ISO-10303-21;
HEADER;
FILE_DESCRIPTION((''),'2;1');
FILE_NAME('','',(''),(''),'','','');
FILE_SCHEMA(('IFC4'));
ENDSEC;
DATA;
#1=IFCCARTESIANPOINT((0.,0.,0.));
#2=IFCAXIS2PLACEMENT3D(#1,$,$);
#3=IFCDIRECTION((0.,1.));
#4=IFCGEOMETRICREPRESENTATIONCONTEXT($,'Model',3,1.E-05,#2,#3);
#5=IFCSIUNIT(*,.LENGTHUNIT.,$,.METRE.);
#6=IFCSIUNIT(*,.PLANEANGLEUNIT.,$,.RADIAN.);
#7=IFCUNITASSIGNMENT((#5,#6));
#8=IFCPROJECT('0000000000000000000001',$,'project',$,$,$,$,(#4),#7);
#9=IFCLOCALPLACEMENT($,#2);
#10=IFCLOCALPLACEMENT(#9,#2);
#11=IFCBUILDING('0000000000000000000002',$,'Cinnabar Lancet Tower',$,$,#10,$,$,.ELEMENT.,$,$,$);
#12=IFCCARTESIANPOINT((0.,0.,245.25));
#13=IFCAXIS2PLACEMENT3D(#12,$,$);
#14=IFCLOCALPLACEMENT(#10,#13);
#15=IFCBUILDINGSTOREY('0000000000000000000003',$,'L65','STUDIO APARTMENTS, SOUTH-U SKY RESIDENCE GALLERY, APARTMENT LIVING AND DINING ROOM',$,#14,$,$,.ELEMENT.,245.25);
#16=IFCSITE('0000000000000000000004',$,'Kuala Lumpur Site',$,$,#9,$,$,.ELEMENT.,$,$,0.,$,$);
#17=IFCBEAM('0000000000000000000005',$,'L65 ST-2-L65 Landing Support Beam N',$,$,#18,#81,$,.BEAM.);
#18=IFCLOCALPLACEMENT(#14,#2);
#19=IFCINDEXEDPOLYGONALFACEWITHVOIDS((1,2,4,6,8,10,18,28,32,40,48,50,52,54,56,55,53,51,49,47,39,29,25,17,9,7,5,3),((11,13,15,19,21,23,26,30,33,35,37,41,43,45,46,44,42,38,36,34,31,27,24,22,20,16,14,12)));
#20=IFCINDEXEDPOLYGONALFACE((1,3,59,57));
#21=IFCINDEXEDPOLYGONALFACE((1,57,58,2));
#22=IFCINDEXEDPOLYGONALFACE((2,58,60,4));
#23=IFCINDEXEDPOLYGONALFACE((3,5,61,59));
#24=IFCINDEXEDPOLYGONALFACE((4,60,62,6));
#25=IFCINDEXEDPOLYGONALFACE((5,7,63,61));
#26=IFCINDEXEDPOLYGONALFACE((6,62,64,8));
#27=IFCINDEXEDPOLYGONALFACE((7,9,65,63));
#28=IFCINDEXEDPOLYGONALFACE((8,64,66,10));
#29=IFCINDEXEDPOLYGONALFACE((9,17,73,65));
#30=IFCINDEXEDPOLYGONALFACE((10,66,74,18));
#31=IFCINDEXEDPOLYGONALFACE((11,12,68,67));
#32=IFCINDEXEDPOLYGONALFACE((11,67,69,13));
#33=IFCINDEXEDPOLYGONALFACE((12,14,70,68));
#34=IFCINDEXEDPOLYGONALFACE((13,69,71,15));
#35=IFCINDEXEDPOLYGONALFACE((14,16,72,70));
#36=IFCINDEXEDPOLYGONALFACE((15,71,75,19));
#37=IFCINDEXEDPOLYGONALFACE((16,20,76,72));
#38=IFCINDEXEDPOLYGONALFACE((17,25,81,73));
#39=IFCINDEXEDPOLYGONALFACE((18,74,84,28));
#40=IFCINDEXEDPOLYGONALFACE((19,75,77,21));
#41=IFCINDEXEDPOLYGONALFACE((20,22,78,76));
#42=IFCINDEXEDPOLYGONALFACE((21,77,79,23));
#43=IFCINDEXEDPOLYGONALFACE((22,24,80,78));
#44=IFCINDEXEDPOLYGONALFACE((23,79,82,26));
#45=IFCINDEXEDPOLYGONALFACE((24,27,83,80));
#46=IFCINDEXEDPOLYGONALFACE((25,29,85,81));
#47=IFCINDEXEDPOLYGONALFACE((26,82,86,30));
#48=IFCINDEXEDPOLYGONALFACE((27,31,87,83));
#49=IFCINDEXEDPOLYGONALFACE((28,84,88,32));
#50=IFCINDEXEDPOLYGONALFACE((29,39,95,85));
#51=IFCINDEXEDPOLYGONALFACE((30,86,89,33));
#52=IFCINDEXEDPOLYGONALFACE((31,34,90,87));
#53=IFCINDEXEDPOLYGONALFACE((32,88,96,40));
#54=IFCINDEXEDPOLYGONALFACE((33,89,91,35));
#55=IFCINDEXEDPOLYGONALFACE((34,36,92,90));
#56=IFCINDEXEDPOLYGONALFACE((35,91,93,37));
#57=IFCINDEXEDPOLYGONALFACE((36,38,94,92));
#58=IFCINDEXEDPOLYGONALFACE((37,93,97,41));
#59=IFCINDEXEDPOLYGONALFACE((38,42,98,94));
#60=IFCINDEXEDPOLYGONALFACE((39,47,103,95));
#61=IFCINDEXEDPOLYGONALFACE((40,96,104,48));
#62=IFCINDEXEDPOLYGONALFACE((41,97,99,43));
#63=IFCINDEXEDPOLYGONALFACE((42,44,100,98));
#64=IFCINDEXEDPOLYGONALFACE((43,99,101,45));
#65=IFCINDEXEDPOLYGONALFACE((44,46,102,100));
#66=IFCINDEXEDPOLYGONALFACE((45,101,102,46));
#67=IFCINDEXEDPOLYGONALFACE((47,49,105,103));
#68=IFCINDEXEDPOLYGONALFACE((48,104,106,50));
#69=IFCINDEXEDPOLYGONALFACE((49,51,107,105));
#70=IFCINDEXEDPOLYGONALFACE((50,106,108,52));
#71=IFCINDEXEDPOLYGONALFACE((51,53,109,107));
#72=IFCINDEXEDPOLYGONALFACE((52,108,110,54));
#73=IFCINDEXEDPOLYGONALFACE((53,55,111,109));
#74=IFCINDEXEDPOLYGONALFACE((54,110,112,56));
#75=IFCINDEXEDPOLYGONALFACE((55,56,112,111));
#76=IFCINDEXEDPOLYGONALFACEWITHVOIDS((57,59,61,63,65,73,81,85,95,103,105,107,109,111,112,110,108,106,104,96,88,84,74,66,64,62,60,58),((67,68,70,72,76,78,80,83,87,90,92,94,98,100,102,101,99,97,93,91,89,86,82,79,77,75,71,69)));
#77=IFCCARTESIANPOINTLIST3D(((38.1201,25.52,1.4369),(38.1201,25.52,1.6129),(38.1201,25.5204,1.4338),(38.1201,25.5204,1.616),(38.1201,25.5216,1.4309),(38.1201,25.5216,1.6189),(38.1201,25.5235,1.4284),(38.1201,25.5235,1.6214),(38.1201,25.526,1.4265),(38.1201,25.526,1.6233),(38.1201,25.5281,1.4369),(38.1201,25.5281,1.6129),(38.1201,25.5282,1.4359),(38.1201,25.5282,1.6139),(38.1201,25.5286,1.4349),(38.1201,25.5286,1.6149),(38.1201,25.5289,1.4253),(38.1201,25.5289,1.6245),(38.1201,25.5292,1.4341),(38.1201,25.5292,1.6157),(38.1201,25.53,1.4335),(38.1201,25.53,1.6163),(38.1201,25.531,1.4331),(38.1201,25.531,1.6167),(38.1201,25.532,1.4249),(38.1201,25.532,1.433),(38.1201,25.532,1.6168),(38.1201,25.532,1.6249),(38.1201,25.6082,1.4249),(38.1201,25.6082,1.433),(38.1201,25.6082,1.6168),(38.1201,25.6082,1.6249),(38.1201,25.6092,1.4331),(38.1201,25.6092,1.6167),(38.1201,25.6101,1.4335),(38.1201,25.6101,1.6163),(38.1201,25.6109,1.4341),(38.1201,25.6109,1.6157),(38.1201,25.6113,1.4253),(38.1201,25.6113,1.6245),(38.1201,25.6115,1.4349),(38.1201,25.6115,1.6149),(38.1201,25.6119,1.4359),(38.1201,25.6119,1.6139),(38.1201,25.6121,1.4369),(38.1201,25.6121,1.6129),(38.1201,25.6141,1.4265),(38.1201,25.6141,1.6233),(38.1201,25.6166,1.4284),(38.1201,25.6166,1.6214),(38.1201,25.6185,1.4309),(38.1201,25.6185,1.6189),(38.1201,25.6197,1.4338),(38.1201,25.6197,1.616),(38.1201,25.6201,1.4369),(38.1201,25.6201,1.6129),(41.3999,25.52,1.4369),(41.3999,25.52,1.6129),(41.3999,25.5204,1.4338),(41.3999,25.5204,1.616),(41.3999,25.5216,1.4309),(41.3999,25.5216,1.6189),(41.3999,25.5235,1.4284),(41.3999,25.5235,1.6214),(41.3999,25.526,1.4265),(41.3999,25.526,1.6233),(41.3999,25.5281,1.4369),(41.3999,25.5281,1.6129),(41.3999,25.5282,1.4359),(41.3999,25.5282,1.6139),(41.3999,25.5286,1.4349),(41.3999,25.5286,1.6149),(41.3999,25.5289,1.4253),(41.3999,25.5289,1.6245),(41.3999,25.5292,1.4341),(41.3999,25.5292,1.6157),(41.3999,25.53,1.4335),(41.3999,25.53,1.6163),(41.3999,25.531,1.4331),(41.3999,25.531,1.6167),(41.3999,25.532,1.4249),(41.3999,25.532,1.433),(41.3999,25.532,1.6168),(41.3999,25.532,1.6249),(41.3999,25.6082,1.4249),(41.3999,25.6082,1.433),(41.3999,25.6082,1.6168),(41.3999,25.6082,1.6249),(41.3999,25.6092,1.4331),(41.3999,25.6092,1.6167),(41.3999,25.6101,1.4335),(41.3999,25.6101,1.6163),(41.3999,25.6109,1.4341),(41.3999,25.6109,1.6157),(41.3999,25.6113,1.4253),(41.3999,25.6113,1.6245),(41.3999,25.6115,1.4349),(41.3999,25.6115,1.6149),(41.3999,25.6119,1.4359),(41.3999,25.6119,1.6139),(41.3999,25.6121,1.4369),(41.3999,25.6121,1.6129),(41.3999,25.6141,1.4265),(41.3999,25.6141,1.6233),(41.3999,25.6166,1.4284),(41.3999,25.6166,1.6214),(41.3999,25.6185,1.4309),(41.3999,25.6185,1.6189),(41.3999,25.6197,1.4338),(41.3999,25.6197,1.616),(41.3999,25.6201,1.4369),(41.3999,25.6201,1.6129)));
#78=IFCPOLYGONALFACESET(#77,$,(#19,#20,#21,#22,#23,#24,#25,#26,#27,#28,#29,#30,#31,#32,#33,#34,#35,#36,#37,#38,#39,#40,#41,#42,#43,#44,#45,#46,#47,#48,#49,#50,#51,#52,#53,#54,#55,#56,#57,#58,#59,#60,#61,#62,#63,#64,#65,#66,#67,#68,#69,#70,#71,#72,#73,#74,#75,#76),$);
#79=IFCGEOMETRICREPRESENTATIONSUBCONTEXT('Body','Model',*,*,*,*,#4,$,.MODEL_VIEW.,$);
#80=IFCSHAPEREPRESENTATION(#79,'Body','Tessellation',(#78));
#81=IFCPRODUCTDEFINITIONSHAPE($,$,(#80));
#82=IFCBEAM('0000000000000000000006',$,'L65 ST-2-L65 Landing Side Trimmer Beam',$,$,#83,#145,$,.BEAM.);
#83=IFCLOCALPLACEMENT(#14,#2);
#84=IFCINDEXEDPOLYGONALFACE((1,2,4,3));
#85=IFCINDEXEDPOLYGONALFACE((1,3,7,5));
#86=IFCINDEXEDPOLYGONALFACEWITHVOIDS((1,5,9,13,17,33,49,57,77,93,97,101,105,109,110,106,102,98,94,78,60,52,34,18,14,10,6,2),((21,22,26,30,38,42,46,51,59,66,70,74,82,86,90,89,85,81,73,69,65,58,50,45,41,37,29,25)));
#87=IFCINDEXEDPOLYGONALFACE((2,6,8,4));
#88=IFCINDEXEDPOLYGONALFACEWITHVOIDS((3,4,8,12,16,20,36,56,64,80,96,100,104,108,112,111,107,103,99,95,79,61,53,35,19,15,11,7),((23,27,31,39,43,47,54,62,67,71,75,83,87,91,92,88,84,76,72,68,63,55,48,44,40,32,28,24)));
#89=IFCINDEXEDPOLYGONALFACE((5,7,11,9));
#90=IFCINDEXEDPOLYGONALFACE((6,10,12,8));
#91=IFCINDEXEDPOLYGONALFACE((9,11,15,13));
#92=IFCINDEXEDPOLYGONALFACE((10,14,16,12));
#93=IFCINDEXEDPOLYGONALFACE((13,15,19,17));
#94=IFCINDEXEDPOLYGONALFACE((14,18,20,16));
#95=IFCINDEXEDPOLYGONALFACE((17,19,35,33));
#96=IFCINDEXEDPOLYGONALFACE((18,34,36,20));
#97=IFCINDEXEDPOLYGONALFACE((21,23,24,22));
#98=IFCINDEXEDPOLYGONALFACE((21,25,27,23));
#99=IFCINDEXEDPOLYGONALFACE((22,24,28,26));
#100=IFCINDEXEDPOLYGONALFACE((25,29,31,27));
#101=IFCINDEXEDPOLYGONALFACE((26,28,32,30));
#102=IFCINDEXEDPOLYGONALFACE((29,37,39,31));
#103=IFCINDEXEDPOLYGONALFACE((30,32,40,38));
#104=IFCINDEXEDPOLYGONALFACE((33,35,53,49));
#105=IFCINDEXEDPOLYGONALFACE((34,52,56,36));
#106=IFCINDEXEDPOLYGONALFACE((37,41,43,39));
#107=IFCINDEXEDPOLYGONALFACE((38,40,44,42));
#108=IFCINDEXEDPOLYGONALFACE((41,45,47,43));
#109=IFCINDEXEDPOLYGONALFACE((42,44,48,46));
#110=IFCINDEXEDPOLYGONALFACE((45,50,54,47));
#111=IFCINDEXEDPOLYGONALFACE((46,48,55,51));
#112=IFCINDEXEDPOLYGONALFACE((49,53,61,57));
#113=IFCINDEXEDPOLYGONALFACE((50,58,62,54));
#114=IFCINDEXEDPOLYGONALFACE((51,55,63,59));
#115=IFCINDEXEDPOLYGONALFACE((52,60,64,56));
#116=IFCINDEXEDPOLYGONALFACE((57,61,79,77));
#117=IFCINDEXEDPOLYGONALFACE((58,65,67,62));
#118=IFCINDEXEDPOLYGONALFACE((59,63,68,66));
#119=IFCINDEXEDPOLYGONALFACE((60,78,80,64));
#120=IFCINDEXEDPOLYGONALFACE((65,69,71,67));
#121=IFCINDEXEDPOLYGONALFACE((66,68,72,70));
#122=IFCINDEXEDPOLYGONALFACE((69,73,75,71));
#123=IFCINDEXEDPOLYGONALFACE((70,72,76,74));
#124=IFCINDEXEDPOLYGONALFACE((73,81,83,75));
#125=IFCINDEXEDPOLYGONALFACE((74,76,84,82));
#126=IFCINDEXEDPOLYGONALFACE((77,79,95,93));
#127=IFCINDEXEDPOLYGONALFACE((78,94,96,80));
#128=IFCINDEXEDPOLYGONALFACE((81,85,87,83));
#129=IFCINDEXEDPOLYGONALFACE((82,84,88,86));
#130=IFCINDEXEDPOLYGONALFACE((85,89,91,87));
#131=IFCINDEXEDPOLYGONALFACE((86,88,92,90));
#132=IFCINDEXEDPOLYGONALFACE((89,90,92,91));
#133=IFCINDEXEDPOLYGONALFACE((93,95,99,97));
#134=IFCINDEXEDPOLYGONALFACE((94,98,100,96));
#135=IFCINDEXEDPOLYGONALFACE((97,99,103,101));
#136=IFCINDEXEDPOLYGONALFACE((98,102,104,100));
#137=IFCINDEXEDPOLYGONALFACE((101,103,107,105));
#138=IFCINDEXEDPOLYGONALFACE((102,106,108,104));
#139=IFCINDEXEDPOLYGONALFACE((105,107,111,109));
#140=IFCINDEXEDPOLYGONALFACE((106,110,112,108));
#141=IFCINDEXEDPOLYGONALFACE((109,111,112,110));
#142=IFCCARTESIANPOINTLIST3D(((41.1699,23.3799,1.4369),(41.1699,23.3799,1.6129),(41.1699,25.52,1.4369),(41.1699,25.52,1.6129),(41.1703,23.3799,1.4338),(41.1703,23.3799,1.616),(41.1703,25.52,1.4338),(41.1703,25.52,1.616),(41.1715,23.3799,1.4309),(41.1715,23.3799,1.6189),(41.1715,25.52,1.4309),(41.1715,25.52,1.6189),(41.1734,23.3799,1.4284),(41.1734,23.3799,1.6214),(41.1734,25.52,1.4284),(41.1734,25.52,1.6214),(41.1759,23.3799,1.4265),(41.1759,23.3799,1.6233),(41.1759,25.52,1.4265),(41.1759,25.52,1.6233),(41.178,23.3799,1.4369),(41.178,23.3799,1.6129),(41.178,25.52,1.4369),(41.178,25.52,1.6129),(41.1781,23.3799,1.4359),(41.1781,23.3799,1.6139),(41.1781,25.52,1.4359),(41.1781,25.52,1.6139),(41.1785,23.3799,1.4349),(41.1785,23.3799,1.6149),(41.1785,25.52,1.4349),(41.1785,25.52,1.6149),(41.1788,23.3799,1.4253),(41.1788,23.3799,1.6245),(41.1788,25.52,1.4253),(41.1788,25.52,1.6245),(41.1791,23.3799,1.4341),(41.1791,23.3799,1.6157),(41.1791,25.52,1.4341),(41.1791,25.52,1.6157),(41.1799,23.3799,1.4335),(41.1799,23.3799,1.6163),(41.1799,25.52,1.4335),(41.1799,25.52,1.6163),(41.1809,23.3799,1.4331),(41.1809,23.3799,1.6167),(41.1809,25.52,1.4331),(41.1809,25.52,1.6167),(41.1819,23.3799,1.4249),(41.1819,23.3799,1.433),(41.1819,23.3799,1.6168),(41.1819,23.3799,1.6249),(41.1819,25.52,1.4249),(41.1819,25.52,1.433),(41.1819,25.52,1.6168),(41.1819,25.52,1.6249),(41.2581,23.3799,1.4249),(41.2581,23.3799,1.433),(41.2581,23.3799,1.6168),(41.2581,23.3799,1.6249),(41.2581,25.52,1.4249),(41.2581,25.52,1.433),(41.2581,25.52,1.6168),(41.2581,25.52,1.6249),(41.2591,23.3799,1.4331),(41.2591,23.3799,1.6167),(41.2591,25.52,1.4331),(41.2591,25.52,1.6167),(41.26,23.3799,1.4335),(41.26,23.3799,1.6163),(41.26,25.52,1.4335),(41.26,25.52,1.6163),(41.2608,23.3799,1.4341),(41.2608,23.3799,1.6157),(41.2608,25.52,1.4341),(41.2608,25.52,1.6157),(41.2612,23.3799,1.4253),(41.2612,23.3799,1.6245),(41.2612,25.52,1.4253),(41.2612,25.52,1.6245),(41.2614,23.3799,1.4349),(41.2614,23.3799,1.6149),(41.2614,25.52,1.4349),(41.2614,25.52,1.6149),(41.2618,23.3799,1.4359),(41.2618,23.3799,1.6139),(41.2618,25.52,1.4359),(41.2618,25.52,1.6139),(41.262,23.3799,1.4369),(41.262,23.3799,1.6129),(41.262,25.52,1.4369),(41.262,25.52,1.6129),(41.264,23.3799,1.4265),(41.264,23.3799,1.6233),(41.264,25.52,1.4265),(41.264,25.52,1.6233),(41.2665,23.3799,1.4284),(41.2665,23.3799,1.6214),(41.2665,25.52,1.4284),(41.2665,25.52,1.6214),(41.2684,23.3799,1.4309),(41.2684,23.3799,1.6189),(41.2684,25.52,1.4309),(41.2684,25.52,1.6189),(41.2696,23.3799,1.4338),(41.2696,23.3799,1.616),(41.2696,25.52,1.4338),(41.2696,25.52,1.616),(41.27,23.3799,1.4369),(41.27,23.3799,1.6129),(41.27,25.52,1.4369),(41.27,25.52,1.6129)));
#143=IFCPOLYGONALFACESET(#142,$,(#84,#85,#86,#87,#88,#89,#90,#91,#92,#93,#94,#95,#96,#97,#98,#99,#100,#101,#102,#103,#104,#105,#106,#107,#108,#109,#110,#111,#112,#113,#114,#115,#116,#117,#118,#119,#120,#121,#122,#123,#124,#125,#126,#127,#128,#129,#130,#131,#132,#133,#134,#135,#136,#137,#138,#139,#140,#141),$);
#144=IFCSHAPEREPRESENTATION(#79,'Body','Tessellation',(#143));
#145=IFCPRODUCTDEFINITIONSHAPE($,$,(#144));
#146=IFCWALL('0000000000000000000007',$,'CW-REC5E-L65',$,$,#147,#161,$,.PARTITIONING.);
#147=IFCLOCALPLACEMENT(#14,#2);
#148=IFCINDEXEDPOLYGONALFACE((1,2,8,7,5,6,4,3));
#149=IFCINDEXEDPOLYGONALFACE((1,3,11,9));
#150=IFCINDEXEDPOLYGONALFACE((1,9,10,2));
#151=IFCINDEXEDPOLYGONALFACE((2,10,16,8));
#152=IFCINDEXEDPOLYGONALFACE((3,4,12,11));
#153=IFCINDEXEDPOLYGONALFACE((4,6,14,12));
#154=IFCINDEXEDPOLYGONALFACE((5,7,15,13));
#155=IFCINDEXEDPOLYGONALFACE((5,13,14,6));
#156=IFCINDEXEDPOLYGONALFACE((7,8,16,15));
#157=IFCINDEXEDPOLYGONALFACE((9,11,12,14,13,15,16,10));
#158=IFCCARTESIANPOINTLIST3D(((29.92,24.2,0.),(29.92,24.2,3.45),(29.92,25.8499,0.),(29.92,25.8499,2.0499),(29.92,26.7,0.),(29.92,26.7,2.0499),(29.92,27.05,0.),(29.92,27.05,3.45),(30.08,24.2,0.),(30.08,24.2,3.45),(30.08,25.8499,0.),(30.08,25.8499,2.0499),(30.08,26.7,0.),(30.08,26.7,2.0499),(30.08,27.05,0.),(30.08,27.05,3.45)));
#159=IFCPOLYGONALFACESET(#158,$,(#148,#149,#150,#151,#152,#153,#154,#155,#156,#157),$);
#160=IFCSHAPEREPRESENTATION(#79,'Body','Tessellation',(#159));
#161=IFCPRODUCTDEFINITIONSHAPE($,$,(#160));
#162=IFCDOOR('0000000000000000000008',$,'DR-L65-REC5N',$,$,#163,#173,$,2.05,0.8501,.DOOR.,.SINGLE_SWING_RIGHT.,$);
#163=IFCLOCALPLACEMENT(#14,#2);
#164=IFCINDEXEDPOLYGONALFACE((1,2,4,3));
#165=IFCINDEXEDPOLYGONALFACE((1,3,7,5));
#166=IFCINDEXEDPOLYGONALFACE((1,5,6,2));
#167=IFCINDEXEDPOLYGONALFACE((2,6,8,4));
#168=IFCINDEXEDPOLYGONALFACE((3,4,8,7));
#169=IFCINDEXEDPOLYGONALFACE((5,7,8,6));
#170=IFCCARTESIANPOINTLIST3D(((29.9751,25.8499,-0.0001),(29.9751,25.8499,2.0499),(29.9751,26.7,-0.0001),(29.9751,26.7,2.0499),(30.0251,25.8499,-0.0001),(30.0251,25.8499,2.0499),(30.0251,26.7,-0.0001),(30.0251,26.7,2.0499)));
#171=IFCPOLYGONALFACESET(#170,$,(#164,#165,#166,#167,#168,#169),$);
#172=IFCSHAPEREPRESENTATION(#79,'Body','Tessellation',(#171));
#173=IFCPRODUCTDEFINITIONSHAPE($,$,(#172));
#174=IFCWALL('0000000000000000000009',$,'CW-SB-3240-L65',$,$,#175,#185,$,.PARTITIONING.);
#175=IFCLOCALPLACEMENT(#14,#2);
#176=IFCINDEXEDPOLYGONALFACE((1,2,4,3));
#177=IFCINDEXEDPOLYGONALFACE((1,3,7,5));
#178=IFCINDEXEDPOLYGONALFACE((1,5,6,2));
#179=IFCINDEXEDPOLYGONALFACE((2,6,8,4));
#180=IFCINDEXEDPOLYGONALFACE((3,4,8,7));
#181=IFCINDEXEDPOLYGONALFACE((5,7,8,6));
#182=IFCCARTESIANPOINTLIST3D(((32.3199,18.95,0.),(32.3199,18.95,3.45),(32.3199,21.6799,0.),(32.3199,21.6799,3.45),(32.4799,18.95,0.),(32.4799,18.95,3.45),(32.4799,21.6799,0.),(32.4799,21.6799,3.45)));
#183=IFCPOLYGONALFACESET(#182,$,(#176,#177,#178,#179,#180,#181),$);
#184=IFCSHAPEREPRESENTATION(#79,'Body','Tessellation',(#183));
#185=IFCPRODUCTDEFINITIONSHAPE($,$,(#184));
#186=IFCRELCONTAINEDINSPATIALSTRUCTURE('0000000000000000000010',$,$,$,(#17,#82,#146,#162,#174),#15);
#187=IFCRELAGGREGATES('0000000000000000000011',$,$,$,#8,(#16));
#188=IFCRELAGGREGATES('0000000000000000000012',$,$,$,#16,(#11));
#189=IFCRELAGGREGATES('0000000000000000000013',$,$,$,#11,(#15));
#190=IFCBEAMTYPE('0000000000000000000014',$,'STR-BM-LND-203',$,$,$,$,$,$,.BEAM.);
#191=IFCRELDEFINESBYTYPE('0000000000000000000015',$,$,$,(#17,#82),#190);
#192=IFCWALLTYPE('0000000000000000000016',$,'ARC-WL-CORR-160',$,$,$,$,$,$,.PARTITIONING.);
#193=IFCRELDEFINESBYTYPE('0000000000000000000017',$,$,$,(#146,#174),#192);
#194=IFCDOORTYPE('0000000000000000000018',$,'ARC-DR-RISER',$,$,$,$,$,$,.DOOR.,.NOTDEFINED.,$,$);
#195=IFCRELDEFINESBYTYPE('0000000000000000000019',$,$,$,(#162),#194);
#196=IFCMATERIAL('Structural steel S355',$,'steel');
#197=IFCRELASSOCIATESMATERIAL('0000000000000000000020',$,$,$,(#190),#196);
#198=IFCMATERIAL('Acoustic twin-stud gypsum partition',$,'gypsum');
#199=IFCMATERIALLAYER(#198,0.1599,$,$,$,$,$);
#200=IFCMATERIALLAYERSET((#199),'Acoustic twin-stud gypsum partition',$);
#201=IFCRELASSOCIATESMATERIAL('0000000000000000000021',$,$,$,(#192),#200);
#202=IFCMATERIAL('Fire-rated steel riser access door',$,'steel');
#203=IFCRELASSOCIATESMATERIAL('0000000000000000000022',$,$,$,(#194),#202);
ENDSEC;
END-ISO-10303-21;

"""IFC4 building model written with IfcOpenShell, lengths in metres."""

from ifc_helpers import new_model, si_unit, direction, frame, frame_2d, origin, origin_2d, place, context, subcontext, project, spatial, rectangle, hollow_rectangle, extrude, material, layer, layer_set, material_profile, profile_set, type_object, element, fill, save


model = new_model("IFC4")

# Units and contexts
model_context = context("Model", 3, precision=1e-05, world=origin(), true_north=direction((0.0, 1.0)))
body_context = subcontext(model_context, "Body", "Model", "MODEL_VIEW")
ifc_project = project(units=[si_unit("LENGTHUNIT", "METRE"), si_unit("PLANEANGLEUNIT", "RADIAN")], contexts=[model_context])

# Site, building, storey
site_placement = place(None, origin())
site = spatial("IfcSite", under=ifc_project, at=site_placement, Name="Kuala Lumpur Site", CompositionType="ELEMENT", RefElevation=0.0)
building_placement = place(site_placement, origin())
building = spatial("IfcBuilding", under=site, at=building_placement, Name="Cinnabar Lancet Tower", CompositionType="ELEMENT")
storey_placement = place(building_placement, frame((0.0, 0.0, 245.25)))
storey = spatial("IfcBuildingStorey", under=building, at=storey_placement, Name="L65", Description="STUDIO APARTMENTS, SOUTH-U SKY RESIDENCE GALLERY, APARTMENT LIVING AND DINING ROOM", CompositionType="ELEMENT", Elevation=245.25)

# Beams
ifc_material_1 = material(Name="Structural steel S355", Category="steel")
ifc_material_profile_1 = material_profile(ifc_material_1, hollow_rectangle(XDim=0.1001, YDim=0.2, WallThickness=0.0081, InnerFilletRadius=0.0039, OuterFilletRadius=0.012, at=origin_2d()), Name="RHS 200x100x8")
ifc_profile_set_1 = profile_set([ifc_material_profile_1], Name="Structural steel S355")
beam_type_1 = type_object("IfcBeamType", Name="STR-BM-LND-203", PredefinedType="BEAM", material=ifc_profile_set_1)
for number, where, z_axis, x_axis, name in (
    (1, (38.1201, 25.5701, 1.5249), (1.0, 0.0, 0.0), (0.0, 1.0, 0.0), "L65 ST-2-L65 Landing Support Beam N"),
):
    element("IfcBeam", number, at=place(storey_placement, frame(where, z_axis=z_axis, x_axis=x_axis)), inside=storey, type_object=beam_type_1, Name=name, PredefinedType="BEAM", context=body_context, shape_type="SweptSolid", body=[
        extrude(hollow_rectangle(XDim=0.1001, YDim=0.2, WallThickness=0.0081, InnerFilletRadius=0.0039, OuterFilletRadius=0.012, at=origin_2d()), origin(), (0.0, 0.0, 1.0), 3.2798),
    ])
beam_1_placement = place(storey_placement, frame((41.22, 23.3799, 1.5249), z_axis=(0.0, 1.0, 0.0), x_axis=(-1.0, 0.0, 0.0)))
element("IfcBeam", 2, at=beam_1_placement, inside=storey, type_object=beam_type_1, Name="L65 ST-2-L65 Landing Side Trimmer Beam", PredefinedType="BEAM", context=body_context, shape_type="SweptSolid", body=[
    extrude(hollow_rectangle(XDim=0.1001, YDim=0.2, WallThickness=0.0081, InnerFilletRadius=0.0039, OuterFilletRadius=0.012, at=origin_2d()), origin(), (0.0, 0.0, 1.0), 2.1401),
])

# Wall, opening, door
ifc_material_2 = material(Name="Acoustic twin-stud gypsum partition", Category="gypsum")
ifc_layer_1 = layer(ifc_material_2, 0.1599)
ifc_layer_set_1 = layer_set([ifc_layer_1], Name="Acoustic twin-stud gypsum partition")
wall_type_1 = type_object("IfcWallType", Name="ARC-WL-CORR-160", PredefinedType="PARTITIONING", material=ifc_layer_set_1)
wall_1_placement = place(storey_placement, frame((30.0, 24.2, 0.0), z_axis=(0.0, 0.0, 1.0), x_axis=(0.0, 1.0, 0.0)))
wall_1 = element("IfcWall", 3, at=wall_1_placement, inside=storey, type_object=wall_type_1, Name="CW-REC5E-L65", PredefinedType="PARTITIONING", context=body_context, shape_type="SweptSolid", body=[
    extrude(rectangle(XDim=2.8501, YDim=0.1599, at=frame_2d((1.425, 0.0))), origin(), (0.0, 0.0, 1.0), 3.45),
])
opening_1_placement = place(wall_1_placement, frame((1.6499, 0.0, 0.0)))
opening_1 = element("IfcOpeningElement", 4, at=opening_1_placement, cuts=wall_1, PredefinedType="OPENING", context=body_context, shape_type="SweptSolid", body=[
    extrude(rectangle(XDim=0.8501, YDim=2.05, at=frame_2d((0.425, 1.0249))), frame((0.0, 0.0898, 0.0), z_axis=(0.0, -1.0, 0.0), x_axis=(1.0, 0.0, 0.0)), (0.0, 0.0, 1.0), 0.1799),
])
ifc_material_3 = material(Name="Fire-rated steel riser access door", Category="steel")
door_type_1 = type_object("IfcDoorType", Name="ARC-DR-RISER", OperationType="NOTDEFINED", PredefinedType="DOOR", material=ifc_material_3)
door_1_placement = place(opening_1_placement, origin())
door_1 = element("IfcDoor", 5, at=door_1_placement, inside=storey, type_object=door_type_1, Name="DR-L65-REC5N", OperationType="SINGLE_SWING_RIGHT", OverallHeight=2.05, OverallWidth=0.8501, PredefinedType="DOOR", context=body_context, shape_type="SweptSolid", body=[
    extrude(rectangle(XDim=0.8501, YDim=2.05, at=frame_2d((0.425, 1.0249))), frame((0.0, 0.0249, 0.0), z_axis=(0.0, -1.0, 0.0), x_axis=(1.0, 0.0, 0.0)), (0.0, 0.0, 1.0), 0.05),
])
fill(opening_1, door_1)

# Wall
for number, where, z_axis, x_axis, name in (
    (6, (32.3999, 18.95, 0.0), (0.0, 0.0, 1.0), (0.0, 1.0, 0.0), "CW-SB-3240-L65"),
):
    element("IfcWall", number, at=place(storey_placement, frame(where, z_axis=z_axis, x_axis=x_axis)), inside=storey, type_object=wall_type_1, Name=name, PredefinedType="PARTITIONING", context=body_context, shape_type="SweptSolid", body=[
        extrude(rectangle(XDim=2.73, YDim=0.1599, at=frame_2d((1.365, 0.0))), origin(), (0.0, 0.0, 1.0), 3.45),
    ])

save(model, "model.ifc")
